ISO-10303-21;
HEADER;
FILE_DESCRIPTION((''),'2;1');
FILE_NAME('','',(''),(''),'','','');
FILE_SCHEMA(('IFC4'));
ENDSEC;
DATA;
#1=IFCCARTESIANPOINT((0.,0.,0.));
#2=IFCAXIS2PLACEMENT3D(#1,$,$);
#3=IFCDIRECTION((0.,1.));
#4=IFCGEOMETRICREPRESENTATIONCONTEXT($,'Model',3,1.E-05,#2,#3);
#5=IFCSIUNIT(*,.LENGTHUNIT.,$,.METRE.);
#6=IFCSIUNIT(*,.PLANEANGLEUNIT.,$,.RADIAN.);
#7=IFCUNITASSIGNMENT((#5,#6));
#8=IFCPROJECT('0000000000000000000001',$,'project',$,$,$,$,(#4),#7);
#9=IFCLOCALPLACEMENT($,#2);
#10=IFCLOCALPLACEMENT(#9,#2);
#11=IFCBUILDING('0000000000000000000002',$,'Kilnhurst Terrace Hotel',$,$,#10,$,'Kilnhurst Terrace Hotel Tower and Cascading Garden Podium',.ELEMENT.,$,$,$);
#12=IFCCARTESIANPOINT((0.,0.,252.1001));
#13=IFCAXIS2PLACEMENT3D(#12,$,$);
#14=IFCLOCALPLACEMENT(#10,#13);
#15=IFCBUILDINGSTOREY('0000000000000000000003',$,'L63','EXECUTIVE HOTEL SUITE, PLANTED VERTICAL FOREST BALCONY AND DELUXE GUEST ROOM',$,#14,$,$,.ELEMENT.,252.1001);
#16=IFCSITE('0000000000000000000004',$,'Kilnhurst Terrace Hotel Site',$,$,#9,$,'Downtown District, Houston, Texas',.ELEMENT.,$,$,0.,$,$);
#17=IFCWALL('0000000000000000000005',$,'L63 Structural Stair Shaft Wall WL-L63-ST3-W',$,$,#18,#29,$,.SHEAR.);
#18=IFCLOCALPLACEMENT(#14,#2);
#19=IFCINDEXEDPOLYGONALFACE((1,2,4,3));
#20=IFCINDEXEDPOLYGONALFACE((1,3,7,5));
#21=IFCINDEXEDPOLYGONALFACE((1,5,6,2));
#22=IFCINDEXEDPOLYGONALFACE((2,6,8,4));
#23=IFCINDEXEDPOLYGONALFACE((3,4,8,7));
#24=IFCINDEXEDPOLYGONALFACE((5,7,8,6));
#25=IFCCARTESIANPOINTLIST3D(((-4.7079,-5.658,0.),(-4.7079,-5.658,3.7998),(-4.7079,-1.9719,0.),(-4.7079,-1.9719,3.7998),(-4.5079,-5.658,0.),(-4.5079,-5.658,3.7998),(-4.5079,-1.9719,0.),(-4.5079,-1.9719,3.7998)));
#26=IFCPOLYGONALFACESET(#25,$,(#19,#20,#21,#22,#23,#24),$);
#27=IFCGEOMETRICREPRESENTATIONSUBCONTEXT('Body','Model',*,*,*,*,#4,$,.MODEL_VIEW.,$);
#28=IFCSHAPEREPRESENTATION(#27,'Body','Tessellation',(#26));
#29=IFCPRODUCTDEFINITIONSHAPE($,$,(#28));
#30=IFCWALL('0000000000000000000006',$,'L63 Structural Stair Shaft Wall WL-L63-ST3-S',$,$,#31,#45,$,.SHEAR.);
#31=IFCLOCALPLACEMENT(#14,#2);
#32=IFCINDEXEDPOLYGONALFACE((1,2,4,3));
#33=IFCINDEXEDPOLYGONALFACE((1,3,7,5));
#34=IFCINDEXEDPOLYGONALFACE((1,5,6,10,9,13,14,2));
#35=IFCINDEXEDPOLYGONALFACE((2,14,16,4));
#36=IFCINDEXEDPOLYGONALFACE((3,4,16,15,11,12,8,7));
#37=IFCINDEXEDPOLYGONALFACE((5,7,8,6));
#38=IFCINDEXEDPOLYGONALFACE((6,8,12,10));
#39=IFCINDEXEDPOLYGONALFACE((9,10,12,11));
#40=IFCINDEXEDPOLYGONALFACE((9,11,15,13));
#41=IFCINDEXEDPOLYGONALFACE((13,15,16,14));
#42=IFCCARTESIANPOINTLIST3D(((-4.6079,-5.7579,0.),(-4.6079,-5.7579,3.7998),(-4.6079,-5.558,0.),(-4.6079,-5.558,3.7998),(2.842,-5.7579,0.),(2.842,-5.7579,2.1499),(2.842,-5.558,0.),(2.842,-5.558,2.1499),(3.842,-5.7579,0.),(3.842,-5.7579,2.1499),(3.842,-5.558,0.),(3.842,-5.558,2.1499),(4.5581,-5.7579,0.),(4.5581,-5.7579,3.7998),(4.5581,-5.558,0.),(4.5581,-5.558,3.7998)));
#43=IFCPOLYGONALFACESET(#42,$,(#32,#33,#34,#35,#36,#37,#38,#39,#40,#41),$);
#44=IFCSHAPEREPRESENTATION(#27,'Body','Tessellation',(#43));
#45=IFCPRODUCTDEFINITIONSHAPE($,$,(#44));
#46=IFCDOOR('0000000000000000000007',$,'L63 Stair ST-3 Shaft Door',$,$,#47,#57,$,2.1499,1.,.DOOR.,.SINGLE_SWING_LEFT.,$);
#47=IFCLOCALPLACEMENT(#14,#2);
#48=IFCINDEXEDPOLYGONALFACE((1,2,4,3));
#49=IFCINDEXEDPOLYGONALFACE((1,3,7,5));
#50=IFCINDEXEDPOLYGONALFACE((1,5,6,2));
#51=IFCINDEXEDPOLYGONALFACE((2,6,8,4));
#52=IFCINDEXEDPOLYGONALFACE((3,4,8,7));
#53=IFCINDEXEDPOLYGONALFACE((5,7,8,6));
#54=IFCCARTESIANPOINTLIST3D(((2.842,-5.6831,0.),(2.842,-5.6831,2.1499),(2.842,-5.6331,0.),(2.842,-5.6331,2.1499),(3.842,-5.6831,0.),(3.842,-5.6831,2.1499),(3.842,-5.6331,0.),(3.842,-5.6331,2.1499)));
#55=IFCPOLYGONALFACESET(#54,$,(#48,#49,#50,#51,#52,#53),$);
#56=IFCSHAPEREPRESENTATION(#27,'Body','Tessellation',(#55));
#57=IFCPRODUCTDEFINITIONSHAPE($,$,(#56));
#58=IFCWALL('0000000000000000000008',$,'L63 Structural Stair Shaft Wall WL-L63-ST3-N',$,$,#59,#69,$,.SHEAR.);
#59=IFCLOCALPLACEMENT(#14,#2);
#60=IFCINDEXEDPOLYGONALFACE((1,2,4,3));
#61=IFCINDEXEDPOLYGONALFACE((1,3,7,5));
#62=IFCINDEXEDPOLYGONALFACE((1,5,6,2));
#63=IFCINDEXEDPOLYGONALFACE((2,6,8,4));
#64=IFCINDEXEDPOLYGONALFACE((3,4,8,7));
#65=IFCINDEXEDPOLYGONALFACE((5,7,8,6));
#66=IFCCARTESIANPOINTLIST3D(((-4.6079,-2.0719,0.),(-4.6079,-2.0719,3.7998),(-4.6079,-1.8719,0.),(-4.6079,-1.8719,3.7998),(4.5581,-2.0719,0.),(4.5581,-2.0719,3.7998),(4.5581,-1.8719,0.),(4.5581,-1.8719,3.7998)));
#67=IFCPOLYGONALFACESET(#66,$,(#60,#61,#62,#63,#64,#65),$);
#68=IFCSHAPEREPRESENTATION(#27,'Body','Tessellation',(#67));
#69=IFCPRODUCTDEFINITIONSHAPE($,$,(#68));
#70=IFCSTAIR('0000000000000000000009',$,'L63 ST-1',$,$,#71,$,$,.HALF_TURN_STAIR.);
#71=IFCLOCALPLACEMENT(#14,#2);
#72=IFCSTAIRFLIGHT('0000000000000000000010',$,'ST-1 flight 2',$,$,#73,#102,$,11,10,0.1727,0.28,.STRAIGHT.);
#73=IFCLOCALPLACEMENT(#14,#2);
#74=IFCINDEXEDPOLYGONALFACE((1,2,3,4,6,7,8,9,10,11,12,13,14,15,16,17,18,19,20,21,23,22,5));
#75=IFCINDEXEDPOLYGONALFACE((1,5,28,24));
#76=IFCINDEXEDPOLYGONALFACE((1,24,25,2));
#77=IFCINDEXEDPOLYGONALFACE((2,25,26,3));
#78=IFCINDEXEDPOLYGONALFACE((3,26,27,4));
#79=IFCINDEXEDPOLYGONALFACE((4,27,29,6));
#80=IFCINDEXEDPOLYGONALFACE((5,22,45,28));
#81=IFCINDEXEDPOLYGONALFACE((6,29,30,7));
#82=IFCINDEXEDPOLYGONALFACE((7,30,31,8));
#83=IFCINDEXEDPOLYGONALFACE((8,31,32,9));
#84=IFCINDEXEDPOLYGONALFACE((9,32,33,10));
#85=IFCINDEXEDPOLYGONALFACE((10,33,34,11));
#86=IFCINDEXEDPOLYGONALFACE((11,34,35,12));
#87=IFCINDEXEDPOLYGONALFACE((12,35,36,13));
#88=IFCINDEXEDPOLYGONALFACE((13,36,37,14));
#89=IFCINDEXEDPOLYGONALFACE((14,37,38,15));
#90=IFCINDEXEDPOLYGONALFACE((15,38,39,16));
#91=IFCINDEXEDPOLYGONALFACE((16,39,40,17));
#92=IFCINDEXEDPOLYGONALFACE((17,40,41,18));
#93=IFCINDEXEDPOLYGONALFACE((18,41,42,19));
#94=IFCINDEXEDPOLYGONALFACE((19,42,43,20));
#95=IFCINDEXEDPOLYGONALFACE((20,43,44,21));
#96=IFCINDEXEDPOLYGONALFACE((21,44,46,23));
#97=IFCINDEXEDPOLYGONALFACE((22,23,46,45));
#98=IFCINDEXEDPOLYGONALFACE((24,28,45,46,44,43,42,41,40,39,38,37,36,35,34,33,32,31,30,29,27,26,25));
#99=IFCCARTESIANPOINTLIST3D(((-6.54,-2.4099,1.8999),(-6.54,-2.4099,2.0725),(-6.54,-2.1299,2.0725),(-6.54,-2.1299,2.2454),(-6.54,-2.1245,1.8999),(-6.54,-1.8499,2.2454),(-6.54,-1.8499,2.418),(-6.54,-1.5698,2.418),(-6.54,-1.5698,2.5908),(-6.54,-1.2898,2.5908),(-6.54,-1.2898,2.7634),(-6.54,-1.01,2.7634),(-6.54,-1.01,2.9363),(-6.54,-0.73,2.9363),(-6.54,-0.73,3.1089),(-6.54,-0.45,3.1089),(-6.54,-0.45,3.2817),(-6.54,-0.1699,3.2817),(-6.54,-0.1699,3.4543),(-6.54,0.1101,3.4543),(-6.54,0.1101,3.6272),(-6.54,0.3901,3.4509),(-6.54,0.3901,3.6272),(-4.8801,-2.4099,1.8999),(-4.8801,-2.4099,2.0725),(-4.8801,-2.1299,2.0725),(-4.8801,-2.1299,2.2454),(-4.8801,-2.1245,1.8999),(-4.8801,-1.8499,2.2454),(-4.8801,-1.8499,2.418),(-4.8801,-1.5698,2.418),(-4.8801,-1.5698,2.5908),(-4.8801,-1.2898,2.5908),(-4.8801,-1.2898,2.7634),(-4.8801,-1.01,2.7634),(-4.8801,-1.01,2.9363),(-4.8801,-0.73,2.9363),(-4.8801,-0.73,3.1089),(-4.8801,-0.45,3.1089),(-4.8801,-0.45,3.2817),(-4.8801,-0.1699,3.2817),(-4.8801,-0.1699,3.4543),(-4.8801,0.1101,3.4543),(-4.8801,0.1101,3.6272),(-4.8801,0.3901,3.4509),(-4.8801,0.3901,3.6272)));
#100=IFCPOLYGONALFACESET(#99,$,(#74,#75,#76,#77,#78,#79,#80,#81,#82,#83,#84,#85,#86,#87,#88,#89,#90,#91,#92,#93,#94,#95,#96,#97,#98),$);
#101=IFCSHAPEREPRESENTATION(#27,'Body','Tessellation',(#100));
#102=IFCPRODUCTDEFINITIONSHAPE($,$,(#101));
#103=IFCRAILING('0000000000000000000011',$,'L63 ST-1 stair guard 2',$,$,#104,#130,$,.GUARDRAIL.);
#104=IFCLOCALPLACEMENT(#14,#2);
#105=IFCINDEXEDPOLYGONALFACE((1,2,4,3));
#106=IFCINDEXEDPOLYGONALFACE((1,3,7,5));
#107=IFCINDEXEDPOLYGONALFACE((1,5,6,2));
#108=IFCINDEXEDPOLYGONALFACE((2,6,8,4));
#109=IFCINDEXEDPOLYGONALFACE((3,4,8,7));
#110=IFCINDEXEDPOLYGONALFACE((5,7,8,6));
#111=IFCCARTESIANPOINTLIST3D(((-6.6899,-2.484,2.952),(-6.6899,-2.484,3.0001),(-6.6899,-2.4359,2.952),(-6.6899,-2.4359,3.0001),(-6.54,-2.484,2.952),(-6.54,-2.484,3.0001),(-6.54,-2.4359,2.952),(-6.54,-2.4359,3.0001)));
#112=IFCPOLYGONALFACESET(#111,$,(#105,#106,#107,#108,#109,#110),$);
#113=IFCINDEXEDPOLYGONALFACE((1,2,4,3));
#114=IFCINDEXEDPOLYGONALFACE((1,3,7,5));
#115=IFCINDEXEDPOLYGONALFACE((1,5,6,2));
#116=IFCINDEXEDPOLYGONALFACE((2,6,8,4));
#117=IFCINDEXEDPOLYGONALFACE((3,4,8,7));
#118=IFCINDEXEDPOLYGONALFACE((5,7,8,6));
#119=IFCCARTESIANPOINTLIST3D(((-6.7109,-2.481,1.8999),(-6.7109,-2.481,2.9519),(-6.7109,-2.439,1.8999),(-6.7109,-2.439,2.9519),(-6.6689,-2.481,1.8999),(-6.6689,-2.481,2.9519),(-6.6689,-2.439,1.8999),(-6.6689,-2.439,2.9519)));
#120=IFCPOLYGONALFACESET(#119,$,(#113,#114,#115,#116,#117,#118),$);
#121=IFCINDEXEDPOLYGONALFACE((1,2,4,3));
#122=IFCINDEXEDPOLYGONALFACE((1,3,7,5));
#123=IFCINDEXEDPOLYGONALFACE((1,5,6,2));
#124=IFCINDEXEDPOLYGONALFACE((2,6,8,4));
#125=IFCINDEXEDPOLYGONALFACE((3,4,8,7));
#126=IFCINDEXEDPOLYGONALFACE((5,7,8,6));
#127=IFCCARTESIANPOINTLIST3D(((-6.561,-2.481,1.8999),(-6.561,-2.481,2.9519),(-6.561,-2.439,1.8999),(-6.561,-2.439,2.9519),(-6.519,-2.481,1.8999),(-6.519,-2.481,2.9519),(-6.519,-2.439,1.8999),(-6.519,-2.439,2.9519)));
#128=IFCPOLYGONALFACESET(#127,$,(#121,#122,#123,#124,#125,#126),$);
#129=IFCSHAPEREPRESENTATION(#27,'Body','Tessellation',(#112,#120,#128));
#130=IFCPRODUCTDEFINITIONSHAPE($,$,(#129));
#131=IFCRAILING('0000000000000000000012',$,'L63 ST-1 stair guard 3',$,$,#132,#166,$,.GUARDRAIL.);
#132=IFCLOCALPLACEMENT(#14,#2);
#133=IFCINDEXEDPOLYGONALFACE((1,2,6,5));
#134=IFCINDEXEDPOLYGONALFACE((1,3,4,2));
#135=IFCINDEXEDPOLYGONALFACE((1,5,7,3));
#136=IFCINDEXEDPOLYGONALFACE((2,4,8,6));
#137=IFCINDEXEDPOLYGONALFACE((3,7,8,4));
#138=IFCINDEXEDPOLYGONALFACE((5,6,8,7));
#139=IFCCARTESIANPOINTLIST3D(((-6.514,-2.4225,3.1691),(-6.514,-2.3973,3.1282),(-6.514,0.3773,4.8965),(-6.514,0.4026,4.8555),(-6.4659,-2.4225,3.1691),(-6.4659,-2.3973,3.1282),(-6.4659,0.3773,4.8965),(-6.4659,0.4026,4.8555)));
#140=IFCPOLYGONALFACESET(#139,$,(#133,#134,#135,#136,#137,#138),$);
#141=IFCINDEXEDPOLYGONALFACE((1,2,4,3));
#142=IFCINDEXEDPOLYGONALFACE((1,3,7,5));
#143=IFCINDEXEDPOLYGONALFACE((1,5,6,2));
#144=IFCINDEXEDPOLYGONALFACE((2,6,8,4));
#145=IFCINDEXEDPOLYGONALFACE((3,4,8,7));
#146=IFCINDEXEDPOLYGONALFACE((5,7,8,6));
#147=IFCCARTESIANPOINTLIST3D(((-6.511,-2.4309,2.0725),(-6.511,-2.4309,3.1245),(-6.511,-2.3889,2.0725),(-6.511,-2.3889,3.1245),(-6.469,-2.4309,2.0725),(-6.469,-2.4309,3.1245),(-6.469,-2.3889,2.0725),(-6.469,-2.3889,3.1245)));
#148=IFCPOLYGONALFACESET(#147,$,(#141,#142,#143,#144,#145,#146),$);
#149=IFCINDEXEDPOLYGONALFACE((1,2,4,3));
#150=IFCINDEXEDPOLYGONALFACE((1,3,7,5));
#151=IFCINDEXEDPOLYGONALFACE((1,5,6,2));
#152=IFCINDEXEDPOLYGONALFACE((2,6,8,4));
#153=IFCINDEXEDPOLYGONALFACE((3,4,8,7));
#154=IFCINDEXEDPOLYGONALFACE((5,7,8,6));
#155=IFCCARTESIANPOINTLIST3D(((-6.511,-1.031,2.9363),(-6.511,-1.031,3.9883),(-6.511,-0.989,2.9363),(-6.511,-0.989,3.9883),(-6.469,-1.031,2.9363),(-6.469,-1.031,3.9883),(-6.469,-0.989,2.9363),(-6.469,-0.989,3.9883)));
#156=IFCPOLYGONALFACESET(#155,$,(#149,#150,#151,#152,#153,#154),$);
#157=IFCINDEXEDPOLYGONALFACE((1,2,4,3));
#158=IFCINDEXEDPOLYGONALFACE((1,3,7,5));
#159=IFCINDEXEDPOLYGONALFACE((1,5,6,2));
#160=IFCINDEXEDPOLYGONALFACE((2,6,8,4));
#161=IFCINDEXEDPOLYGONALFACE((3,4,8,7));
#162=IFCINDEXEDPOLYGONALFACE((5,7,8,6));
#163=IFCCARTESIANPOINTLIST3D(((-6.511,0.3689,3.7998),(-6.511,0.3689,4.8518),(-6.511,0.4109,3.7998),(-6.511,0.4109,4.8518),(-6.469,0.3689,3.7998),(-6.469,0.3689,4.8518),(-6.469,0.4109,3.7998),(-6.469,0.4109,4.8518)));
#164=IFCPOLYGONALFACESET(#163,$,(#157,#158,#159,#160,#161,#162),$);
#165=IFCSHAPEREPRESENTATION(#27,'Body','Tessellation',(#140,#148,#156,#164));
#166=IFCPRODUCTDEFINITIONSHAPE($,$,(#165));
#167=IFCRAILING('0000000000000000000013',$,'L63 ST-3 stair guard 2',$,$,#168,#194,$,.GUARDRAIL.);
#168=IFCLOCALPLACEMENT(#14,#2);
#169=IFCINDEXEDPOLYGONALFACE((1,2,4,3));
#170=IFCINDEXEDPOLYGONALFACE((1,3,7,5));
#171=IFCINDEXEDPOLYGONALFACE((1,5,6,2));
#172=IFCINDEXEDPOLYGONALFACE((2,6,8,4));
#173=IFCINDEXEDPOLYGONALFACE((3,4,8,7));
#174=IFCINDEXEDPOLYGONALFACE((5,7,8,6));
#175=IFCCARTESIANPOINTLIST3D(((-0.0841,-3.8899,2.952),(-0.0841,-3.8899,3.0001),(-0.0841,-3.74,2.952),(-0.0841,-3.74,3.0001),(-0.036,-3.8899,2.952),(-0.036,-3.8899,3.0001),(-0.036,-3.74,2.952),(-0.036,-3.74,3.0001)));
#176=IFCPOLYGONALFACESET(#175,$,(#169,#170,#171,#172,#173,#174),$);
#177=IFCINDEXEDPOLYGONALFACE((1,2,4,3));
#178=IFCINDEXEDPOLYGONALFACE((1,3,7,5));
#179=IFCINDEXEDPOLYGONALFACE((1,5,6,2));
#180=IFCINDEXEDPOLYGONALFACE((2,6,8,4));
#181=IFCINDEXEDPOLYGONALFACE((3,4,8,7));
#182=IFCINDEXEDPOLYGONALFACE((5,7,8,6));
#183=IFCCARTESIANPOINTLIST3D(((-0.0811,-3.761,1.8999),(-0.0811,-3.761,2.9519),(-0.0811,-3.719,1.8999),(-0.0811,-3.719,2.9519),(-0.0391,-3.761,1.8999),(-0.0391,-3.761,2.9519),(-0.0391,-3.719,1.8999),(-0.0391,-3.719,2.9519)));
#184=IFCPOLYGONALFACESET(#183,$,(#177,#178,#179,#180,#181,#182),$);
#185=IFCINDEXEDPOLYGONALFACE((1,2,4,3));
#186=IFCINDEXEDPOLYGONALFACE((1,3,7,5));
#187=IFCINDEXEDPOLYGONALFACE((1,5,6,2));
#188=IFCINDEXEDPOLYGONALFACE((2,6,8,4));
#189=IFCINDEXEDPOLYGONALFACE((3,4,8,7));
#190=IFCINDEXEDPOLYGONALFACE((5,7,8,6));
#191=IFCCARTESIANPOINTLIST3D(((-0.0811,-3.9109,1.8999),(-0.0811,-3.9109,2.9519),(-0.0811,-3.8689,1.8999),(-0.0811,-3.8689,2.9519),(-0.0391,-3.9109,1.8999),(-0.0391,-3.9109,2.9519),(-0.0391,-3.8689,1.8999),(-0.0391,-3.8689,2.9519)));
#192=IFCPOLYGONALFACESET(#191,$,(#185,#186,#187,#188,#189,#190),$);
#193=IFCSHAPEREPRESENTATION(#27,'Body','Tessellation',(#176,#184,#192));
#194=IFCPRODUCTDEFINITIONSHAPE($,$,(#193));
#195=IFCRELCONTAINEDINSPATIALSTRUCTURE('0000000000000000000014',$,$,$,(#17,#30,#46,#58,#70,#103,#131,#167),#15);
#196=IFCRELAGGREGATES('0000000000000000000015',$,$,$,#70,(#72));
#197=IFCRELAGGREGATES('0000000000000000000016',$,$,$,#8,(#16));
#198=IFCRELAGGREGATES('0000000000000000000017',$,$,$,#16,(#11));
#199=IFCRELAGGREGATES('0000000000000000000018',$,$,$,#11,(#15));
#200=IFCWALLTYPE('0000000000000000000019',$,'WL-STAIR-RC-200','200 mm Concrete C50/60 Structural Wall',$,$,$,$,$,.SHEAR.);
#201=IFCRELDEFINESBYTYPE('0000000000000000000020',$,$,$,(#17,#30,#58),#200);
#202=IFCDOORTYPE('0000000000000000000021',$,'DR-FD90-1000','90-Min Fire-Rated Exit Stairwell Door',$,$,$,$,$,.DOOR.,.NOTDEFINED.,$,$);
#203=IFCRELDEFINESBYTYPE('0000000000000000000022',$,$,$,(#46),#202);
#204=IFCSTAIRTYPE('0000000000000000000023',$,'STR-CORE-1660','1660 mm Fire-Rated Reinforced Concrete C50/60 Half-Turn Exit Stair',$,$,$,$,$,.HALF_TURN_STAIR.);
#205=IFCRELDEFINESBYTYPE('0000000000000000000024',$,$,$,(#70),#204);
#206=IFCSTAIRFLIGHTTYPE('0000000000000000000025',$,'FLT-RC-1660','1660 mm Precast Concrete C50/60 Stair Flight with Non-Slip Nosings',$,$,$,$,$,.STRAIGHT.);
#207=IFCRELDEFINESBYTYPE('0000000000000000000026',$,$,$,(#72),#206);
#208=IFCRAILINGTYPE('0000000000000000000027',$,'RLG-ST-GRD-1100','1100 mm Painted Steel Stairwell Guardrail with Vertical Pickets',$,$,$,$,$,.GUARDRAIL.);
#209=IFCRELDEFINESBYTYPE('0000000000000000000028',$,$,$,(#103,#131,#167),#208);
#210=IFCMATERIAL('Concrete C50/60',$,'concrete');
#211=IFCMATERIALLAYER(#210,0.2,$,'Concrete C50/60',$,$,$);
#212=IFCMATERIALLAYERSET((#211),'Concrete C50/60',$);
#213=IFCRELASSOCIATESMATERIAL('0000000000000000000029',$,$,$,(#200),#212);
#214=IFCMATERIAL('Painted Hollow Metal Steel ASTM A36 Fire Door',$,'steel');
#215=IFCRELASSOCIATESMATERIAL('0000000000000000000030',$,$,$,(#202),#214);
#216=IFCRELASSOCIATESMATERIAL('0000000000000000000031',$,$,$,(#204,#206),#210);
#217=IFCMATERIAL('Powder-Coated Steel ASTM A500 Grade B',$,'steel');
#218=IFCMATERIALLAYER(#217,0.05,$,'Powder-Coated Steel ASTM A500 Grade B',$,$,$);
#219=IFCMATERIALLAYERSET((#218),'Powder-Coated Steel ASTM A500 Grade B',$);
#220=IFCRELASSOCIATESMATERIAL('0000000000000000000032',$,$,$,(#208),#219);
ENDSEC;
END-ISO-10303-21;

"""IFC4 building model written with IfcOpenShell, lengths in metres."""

from ifc_helpers import new_model, si_unit, direction, frame, frame_2d, origin, origin_2d, place, context, subcontext, project, spatial, polyline, rectangle, outline, extrude, material, layer, layer_set, type_object, element, fill, aggregate, save


model = new_model("IFC4")

# Units and contexts
model_context = context("Model", 3, precision=1e-05, world=origin(), true_north=direction((0.0, 1.0)))
body_context = subcontext(model_context, "Body", "Model", "MODEL_VIEW")
ifc_project = project(units=[si_unit("LENGTHUNIT", "METRE"), si_unit("PLANEANGLEUNIT", "RADIAN")], contexts=[model_context])

# Site, building, storey
site_placement = place(None, origin())
site = spatial("IfcSite", under=ifc_project, at=site_placement, Name="Kilnhurst Terrace Hotel Site", LongName="Downtown District, Houston, Texas", CompositionType="ELEMENT", RefElevation=0.0)
building_placement = place(site_placement, origin())
building = spatial("IfcBuilding", under=site, at=building_placement, Name="Kilnhurst Terrace Hotel", LongName="Kilnhurst Terrace Hotel Tower and Cascading Garden Podium", CompositionType="ELEMENT")
storey_placement = place(building_placement, frame((0.0, 0.0, 252.1001)))
storey = spatial("IfcBuildingStorey", under=building, at=storey_placement, Name="L63", Description="EXECUTIVE HOTEL SUITE, PLANTED VERTICAL FOREST BALCONY AND DELUXE GUEST ROOM", CompositionType="ELEMENT", Elevation=252.1001)

# Wall
ifc_material_1 = material(Name="Concrete C50/60", Category="concrete")
ifc_layer_1 = layer(ifc_material_1, 0.2, Name="Concrete C50/60")
ifc_layer_set_1 = layer_set([ifc_layer_1], Name="Concrete C50/60")
wall_type_1 = type_object("IfcWallType", Name="WL-STAIR-RC-200", Description="200 mm Concrete C50/60 Structural Wall", PredefinedType="SHEAR", material=ifc_layer_set_1)
for number, where, z_axis, x_axis, name in (
    (1, (-4.6079, -5.658, 0.0), (0.0, 0.0, 1.0), (0.0, 1.0, 0.0), "L63 Structural Stair Shaft Wall WL-L63-ST3-W"),
):
    element("IfcWall", number, at=place(storey_placement, frame(where, z_axis=z_axis, x_axis=x_axis)), inside=storey, type_object=wall_type_1, Name=name, PredefinedType="SHEAR", context=body_context, shape_type="SweptSolid", body=[
        extrude(rectangle(XDim=3.686, YDim=0.2, at=frame_2d((1.843, 0.0))), origin(), (0.0, 0.0, 1.0), 3.7998),
    ])

# Wall, opening, door
wall_1_placement = place(storey_placement, frame((-4.6079, -5.658, 0.0), z_axis=(0.0, 0.0, 1.0), x_axis=(1.0, 0.0, 0.0)))
wall_1 = element("IfcWall", 2, at=wall_1_placement, inside=storey, type_object=wall_type_1, Name="L63 Structural Stair Shaft Wall WL-L63-ST3-S", PredefinedType="SHEAR", context=body_context, shape_type="SweptSolid", body=[
    extrude(rectangle(XDim=9.166, YDim=0.2, at=frame_2d((4.583, 0.0))), origin(), (0.0, 0.0, 1.0), 3.7998),
])
opening_1_placement = place(wall_1_placement, frame((7.45, 0.0, 0.0)))
opening_1 = element("IfcOpeningElement", 3, at=opening_1_placement, cuts=wall_1, PredefinedType="OPENING", context=body_context, shape_type="SweptSolid", body=[
    extrude(rectangle(XDim=1.0, YDim=2.1499, at=frame_2d((0.5, 1.075))), frame((0.0, 0.1099, 0.0), z_axis=(0.0, -1.0, 0.0), x_axis=(1.0, 0.0, 0.0)), (0.0, 0.0, 1.0), 0.22),
])
ifc_material_2 = material(Name="Painted Hollow Metal Steel ASTM A36 Fire Door", Category="steel")
door_type_1 = type_object("IfcDoorType", Name="DR-FD90-1000", Description="90-Min Fire-Rated Exit Stairwell Door", OperationType="NOTDEFINED", PredefinedType="DOOR", material=ifc_material_2)
door_1_placement = place(opening_1_placement, origin())
door_1 = element("IfcDoor", 4, at=door_1_placement, inside=storey, type_object=door_type_1, Name="L63 Stair ST-3 Shaft Door", OperationType="SINGLE_SWING_LEFT", OverallHeight=2.1499, OverallWidth=1.0, PredefinedType="DOOR", context=body_context, shape_type="SweptSolid", body=[
    extrude(rectangle(XDim=1.0, YDim=2.1499, at=frame_2d((0.5, 1.075))), frame((0.0, 0.0249, 0.0), z_axis=(0.0, -1.0, 0.0), x_axis=(1.0, 0.0, 0.0)), (0.0, 0.0, 1.0), 0.05),
])
fill(opening_1, door_1)

# Wall
wall_2_placement = place(storey_placement, frame((-4.6079, -1.9719, 0.0), z_axis=(0.0, 0.0, 1.0), x_axis=(1.0, 0.0, 0.0)))
element("IfcWall", 5, at=wall_2_placement, inside=storey, type_object=wall_type_1, Name="L63 Structural Stair Shaft Wall WL-L63-ST3-N", PredefinedType="SHEAR", context=body_context, shape_type="SweptSolid", body=[
    extrude(rectangle(XDim=9.166, YDim=0.2, at=frame_2d((4.583, 0.0))), origin(), (0.0, 0.0, 1.0), 3.7998),
])

# Stair, stair flight
stair_type = type_object("IfcStairType", Name="STR-CORE-1660", Description="1660 mm Fire-Rated Reinforced Concrete C50/60 Half-Turn Exit Stair", PredefinedType="HALF_TURN_STAIR", material=ifc_material_1)
stair_placement = place(storey_placement, origin())
stair = element("IfcStair", 6, at=stair_placement, inside=storey, type_object=stair_type, Name="L63 ST-1", PredefinedType="HALF_TURN_STAIR")
stair_flight_type = type_object("IfcStairFlightType", Name="FLT-RC-1660", Description="1660 mm Precast Concrete C50/60 Stair Flight with Non-Slip Nosings", PredefinedType="STRAIGHT", material=ifc_material_1)
stair_flight_placement = place(storey_placement, frame((-5.71, -2.4099, 1.8999), z_axis=(0.0, 0.0, 1.0), x_axis=(0.0, 1.0, 0.0)))
stair_flight = element("IfcStairFlight", 7, at=stair_flight_placement, type_object=stair_flight_type, Name="ST-1 flight 2", NumberOfRisers=11, NumberOfTreads=10, PredefinedType="STRAIGHT", RiserHeight=0.1727, TreadLength=0.28, context=body_context, shape_type="SweptSolid", body=[
    extrude(outline(polyline([(0.0, 0.0), (0.0, 0.1726), (0.28, 0.1726), (0.28, 0.3455), (0.5601, 0.3455), (0.5601, 0.5181), (0.8401, 0.5181), (0.8401, 0.6909), (1.1201, 0.6909), (1.1201, 0.8635), (1.3999, 0.8635), (1.3999, 1.0364), (1.6799, 1.0364), (1.6799, 1.209), (1.96, 1.209), (1.96, 1.3818), (2.24, 1.3818), (2.24, 1.5544), (2.52, 1.5544), (2.52, 1.7273), (2.8, 1.7273), (2.8, 1.8999), (2.8, 1.551), (0.2854, 0.0), (0.0, 0.0)])), frame((0.0, 0.8301, 0.0), z_axis=(0.0, -1.0, 0.0), x_axis=(1.0, 0.0, 0.0)), (0.0, 0.0, 1.0), 1.6599),
])
aggregate(stair, [stair_flight])

# Railings
ifc_material_3 = material(Name="Powder-Coated Steel ASTM A500 Grade B", Category="steel")
ifc_layer_2 = layer(ifc_material_3, 0.05, Name="Powder-Coated Steel ASTM A500 Grade B")
ifc_layer_set_2 = layer_set([ifc_layer_2], Name="Powder-Coated Steel ASTM A500 Grade B")
railing_type_1 = type_object("IfcRailingType", Name="RLG-ST-GRD-1100", Description="1100 mm Painted Steel Stairwell Guardrail with Vertical Pickets", PredefinedType="GUARDRAIL", material=ifc_layer_set_2)
railing_1_placement = place(storey_placement, frame((-6.6899, -2.46, 1.8999)))
element("IfcRailing", 8, at=railing_1_placement, inside=storey, type_object=railing_type_1, Name="L63 ST-1 stair guard 2", PredefinedType="GUARDRAIL", context=body_context, shape_type="SweptSolid", body=[
    extrude(rectangle(XDim=0.0481, YDim=0.0481, at=origin_2d()), frame((0.0, 0.0, 1.0762), z_axis=(1.0, 0.0, 0.0), x_axis=(0.0, 1.0, 0.0)), (0.0, 0.0, 1.0), 0.1499),
    extrude(rectangle(XDim=0.042, YDim=0.042, at=origin_2d()), origin(), (0.0, 0.0, 1.0), 1.052),
    extrude(rectangle(XDim=0.042, YDim=0.042, at=origin_2d()), frame((0.1499, 0.0, 0.0)), (0.0, 0.0, 1.0), 1.052),
])
railing_2_placement = place(storey_placement, frame((-6.49, -2.4099, 2.0725)))
element("IfcRailing", 9, at=railing_2_placement, inside=storey, type_object=railing_type_1, Name="L63 ST-1 stair guard 3", PredefinedType="GUARDRAIL", context=body_context, shape_type="SweptSolid", body=[
    extrude(rectangle(XDim=0.0481, YDim=0.0481, at=origin_2d()), frame((0.0, 0.0, 1.0762), z_axis=(0.0, 0.851069, 0.525054), x_axis=(-1.0, 0.0, 0.0)), (0.0, 0.0, 1.0), 3.2898),
    extrude(rectangle(XDim=0.042, YDim=0.042, at=origin_2d()), origin(), (0.0, 0.0, 1.0), 1.052),
    extrude(rectangle(XDim=0.042, YDim=0.042, at=origin_2d()), frame((0.0, 1.3999, 0.8638)), (0.0, 0.0, 1.0), 1.052),
    extrude(rectangle(XDim=0.042, YDim=0.042, at=origin_2d()), frame((0.0, 2.7998, 1.7273)), (0.0, 0.0, 1.0), 1.052),
])
railing_3_placement = place(storey_placement, frame((-0.0601, -3.74, 1.8999)))
element("IfcRailing", 10, at=railing_3_placement, inside=storey, type_object=railing_type_1, Name="L63 ST-3 stair guard 2", PredefinedType="GUARDRAIL", context=body_context, shape_type="SweptSolid", body=[
    extrude(rectangle(XDim=0.0481, YDim=0.0481, at=origin_2d()), frame((0.0, 0.0, 1.0762), z_axis=(0.0, -1.0, 0.0), x_axis=(1.0, 0.0, 0.0)), (0.0, 0.0, 1.0), 0.1499),
    extrude(rectangle(XDim=0.042, YDim=0.042, at=origin_2d()), origin(), (0.0, 0.0, 1.0), 1.052),
    extrude(rectangle(XDim=0.042, YDim=0.042, at=origin_2d()), frame((0.0, -0.1499, 0.0)), (0.0, 0.0, 1.0), 1.052),
])

save(model, "model.ifc")
